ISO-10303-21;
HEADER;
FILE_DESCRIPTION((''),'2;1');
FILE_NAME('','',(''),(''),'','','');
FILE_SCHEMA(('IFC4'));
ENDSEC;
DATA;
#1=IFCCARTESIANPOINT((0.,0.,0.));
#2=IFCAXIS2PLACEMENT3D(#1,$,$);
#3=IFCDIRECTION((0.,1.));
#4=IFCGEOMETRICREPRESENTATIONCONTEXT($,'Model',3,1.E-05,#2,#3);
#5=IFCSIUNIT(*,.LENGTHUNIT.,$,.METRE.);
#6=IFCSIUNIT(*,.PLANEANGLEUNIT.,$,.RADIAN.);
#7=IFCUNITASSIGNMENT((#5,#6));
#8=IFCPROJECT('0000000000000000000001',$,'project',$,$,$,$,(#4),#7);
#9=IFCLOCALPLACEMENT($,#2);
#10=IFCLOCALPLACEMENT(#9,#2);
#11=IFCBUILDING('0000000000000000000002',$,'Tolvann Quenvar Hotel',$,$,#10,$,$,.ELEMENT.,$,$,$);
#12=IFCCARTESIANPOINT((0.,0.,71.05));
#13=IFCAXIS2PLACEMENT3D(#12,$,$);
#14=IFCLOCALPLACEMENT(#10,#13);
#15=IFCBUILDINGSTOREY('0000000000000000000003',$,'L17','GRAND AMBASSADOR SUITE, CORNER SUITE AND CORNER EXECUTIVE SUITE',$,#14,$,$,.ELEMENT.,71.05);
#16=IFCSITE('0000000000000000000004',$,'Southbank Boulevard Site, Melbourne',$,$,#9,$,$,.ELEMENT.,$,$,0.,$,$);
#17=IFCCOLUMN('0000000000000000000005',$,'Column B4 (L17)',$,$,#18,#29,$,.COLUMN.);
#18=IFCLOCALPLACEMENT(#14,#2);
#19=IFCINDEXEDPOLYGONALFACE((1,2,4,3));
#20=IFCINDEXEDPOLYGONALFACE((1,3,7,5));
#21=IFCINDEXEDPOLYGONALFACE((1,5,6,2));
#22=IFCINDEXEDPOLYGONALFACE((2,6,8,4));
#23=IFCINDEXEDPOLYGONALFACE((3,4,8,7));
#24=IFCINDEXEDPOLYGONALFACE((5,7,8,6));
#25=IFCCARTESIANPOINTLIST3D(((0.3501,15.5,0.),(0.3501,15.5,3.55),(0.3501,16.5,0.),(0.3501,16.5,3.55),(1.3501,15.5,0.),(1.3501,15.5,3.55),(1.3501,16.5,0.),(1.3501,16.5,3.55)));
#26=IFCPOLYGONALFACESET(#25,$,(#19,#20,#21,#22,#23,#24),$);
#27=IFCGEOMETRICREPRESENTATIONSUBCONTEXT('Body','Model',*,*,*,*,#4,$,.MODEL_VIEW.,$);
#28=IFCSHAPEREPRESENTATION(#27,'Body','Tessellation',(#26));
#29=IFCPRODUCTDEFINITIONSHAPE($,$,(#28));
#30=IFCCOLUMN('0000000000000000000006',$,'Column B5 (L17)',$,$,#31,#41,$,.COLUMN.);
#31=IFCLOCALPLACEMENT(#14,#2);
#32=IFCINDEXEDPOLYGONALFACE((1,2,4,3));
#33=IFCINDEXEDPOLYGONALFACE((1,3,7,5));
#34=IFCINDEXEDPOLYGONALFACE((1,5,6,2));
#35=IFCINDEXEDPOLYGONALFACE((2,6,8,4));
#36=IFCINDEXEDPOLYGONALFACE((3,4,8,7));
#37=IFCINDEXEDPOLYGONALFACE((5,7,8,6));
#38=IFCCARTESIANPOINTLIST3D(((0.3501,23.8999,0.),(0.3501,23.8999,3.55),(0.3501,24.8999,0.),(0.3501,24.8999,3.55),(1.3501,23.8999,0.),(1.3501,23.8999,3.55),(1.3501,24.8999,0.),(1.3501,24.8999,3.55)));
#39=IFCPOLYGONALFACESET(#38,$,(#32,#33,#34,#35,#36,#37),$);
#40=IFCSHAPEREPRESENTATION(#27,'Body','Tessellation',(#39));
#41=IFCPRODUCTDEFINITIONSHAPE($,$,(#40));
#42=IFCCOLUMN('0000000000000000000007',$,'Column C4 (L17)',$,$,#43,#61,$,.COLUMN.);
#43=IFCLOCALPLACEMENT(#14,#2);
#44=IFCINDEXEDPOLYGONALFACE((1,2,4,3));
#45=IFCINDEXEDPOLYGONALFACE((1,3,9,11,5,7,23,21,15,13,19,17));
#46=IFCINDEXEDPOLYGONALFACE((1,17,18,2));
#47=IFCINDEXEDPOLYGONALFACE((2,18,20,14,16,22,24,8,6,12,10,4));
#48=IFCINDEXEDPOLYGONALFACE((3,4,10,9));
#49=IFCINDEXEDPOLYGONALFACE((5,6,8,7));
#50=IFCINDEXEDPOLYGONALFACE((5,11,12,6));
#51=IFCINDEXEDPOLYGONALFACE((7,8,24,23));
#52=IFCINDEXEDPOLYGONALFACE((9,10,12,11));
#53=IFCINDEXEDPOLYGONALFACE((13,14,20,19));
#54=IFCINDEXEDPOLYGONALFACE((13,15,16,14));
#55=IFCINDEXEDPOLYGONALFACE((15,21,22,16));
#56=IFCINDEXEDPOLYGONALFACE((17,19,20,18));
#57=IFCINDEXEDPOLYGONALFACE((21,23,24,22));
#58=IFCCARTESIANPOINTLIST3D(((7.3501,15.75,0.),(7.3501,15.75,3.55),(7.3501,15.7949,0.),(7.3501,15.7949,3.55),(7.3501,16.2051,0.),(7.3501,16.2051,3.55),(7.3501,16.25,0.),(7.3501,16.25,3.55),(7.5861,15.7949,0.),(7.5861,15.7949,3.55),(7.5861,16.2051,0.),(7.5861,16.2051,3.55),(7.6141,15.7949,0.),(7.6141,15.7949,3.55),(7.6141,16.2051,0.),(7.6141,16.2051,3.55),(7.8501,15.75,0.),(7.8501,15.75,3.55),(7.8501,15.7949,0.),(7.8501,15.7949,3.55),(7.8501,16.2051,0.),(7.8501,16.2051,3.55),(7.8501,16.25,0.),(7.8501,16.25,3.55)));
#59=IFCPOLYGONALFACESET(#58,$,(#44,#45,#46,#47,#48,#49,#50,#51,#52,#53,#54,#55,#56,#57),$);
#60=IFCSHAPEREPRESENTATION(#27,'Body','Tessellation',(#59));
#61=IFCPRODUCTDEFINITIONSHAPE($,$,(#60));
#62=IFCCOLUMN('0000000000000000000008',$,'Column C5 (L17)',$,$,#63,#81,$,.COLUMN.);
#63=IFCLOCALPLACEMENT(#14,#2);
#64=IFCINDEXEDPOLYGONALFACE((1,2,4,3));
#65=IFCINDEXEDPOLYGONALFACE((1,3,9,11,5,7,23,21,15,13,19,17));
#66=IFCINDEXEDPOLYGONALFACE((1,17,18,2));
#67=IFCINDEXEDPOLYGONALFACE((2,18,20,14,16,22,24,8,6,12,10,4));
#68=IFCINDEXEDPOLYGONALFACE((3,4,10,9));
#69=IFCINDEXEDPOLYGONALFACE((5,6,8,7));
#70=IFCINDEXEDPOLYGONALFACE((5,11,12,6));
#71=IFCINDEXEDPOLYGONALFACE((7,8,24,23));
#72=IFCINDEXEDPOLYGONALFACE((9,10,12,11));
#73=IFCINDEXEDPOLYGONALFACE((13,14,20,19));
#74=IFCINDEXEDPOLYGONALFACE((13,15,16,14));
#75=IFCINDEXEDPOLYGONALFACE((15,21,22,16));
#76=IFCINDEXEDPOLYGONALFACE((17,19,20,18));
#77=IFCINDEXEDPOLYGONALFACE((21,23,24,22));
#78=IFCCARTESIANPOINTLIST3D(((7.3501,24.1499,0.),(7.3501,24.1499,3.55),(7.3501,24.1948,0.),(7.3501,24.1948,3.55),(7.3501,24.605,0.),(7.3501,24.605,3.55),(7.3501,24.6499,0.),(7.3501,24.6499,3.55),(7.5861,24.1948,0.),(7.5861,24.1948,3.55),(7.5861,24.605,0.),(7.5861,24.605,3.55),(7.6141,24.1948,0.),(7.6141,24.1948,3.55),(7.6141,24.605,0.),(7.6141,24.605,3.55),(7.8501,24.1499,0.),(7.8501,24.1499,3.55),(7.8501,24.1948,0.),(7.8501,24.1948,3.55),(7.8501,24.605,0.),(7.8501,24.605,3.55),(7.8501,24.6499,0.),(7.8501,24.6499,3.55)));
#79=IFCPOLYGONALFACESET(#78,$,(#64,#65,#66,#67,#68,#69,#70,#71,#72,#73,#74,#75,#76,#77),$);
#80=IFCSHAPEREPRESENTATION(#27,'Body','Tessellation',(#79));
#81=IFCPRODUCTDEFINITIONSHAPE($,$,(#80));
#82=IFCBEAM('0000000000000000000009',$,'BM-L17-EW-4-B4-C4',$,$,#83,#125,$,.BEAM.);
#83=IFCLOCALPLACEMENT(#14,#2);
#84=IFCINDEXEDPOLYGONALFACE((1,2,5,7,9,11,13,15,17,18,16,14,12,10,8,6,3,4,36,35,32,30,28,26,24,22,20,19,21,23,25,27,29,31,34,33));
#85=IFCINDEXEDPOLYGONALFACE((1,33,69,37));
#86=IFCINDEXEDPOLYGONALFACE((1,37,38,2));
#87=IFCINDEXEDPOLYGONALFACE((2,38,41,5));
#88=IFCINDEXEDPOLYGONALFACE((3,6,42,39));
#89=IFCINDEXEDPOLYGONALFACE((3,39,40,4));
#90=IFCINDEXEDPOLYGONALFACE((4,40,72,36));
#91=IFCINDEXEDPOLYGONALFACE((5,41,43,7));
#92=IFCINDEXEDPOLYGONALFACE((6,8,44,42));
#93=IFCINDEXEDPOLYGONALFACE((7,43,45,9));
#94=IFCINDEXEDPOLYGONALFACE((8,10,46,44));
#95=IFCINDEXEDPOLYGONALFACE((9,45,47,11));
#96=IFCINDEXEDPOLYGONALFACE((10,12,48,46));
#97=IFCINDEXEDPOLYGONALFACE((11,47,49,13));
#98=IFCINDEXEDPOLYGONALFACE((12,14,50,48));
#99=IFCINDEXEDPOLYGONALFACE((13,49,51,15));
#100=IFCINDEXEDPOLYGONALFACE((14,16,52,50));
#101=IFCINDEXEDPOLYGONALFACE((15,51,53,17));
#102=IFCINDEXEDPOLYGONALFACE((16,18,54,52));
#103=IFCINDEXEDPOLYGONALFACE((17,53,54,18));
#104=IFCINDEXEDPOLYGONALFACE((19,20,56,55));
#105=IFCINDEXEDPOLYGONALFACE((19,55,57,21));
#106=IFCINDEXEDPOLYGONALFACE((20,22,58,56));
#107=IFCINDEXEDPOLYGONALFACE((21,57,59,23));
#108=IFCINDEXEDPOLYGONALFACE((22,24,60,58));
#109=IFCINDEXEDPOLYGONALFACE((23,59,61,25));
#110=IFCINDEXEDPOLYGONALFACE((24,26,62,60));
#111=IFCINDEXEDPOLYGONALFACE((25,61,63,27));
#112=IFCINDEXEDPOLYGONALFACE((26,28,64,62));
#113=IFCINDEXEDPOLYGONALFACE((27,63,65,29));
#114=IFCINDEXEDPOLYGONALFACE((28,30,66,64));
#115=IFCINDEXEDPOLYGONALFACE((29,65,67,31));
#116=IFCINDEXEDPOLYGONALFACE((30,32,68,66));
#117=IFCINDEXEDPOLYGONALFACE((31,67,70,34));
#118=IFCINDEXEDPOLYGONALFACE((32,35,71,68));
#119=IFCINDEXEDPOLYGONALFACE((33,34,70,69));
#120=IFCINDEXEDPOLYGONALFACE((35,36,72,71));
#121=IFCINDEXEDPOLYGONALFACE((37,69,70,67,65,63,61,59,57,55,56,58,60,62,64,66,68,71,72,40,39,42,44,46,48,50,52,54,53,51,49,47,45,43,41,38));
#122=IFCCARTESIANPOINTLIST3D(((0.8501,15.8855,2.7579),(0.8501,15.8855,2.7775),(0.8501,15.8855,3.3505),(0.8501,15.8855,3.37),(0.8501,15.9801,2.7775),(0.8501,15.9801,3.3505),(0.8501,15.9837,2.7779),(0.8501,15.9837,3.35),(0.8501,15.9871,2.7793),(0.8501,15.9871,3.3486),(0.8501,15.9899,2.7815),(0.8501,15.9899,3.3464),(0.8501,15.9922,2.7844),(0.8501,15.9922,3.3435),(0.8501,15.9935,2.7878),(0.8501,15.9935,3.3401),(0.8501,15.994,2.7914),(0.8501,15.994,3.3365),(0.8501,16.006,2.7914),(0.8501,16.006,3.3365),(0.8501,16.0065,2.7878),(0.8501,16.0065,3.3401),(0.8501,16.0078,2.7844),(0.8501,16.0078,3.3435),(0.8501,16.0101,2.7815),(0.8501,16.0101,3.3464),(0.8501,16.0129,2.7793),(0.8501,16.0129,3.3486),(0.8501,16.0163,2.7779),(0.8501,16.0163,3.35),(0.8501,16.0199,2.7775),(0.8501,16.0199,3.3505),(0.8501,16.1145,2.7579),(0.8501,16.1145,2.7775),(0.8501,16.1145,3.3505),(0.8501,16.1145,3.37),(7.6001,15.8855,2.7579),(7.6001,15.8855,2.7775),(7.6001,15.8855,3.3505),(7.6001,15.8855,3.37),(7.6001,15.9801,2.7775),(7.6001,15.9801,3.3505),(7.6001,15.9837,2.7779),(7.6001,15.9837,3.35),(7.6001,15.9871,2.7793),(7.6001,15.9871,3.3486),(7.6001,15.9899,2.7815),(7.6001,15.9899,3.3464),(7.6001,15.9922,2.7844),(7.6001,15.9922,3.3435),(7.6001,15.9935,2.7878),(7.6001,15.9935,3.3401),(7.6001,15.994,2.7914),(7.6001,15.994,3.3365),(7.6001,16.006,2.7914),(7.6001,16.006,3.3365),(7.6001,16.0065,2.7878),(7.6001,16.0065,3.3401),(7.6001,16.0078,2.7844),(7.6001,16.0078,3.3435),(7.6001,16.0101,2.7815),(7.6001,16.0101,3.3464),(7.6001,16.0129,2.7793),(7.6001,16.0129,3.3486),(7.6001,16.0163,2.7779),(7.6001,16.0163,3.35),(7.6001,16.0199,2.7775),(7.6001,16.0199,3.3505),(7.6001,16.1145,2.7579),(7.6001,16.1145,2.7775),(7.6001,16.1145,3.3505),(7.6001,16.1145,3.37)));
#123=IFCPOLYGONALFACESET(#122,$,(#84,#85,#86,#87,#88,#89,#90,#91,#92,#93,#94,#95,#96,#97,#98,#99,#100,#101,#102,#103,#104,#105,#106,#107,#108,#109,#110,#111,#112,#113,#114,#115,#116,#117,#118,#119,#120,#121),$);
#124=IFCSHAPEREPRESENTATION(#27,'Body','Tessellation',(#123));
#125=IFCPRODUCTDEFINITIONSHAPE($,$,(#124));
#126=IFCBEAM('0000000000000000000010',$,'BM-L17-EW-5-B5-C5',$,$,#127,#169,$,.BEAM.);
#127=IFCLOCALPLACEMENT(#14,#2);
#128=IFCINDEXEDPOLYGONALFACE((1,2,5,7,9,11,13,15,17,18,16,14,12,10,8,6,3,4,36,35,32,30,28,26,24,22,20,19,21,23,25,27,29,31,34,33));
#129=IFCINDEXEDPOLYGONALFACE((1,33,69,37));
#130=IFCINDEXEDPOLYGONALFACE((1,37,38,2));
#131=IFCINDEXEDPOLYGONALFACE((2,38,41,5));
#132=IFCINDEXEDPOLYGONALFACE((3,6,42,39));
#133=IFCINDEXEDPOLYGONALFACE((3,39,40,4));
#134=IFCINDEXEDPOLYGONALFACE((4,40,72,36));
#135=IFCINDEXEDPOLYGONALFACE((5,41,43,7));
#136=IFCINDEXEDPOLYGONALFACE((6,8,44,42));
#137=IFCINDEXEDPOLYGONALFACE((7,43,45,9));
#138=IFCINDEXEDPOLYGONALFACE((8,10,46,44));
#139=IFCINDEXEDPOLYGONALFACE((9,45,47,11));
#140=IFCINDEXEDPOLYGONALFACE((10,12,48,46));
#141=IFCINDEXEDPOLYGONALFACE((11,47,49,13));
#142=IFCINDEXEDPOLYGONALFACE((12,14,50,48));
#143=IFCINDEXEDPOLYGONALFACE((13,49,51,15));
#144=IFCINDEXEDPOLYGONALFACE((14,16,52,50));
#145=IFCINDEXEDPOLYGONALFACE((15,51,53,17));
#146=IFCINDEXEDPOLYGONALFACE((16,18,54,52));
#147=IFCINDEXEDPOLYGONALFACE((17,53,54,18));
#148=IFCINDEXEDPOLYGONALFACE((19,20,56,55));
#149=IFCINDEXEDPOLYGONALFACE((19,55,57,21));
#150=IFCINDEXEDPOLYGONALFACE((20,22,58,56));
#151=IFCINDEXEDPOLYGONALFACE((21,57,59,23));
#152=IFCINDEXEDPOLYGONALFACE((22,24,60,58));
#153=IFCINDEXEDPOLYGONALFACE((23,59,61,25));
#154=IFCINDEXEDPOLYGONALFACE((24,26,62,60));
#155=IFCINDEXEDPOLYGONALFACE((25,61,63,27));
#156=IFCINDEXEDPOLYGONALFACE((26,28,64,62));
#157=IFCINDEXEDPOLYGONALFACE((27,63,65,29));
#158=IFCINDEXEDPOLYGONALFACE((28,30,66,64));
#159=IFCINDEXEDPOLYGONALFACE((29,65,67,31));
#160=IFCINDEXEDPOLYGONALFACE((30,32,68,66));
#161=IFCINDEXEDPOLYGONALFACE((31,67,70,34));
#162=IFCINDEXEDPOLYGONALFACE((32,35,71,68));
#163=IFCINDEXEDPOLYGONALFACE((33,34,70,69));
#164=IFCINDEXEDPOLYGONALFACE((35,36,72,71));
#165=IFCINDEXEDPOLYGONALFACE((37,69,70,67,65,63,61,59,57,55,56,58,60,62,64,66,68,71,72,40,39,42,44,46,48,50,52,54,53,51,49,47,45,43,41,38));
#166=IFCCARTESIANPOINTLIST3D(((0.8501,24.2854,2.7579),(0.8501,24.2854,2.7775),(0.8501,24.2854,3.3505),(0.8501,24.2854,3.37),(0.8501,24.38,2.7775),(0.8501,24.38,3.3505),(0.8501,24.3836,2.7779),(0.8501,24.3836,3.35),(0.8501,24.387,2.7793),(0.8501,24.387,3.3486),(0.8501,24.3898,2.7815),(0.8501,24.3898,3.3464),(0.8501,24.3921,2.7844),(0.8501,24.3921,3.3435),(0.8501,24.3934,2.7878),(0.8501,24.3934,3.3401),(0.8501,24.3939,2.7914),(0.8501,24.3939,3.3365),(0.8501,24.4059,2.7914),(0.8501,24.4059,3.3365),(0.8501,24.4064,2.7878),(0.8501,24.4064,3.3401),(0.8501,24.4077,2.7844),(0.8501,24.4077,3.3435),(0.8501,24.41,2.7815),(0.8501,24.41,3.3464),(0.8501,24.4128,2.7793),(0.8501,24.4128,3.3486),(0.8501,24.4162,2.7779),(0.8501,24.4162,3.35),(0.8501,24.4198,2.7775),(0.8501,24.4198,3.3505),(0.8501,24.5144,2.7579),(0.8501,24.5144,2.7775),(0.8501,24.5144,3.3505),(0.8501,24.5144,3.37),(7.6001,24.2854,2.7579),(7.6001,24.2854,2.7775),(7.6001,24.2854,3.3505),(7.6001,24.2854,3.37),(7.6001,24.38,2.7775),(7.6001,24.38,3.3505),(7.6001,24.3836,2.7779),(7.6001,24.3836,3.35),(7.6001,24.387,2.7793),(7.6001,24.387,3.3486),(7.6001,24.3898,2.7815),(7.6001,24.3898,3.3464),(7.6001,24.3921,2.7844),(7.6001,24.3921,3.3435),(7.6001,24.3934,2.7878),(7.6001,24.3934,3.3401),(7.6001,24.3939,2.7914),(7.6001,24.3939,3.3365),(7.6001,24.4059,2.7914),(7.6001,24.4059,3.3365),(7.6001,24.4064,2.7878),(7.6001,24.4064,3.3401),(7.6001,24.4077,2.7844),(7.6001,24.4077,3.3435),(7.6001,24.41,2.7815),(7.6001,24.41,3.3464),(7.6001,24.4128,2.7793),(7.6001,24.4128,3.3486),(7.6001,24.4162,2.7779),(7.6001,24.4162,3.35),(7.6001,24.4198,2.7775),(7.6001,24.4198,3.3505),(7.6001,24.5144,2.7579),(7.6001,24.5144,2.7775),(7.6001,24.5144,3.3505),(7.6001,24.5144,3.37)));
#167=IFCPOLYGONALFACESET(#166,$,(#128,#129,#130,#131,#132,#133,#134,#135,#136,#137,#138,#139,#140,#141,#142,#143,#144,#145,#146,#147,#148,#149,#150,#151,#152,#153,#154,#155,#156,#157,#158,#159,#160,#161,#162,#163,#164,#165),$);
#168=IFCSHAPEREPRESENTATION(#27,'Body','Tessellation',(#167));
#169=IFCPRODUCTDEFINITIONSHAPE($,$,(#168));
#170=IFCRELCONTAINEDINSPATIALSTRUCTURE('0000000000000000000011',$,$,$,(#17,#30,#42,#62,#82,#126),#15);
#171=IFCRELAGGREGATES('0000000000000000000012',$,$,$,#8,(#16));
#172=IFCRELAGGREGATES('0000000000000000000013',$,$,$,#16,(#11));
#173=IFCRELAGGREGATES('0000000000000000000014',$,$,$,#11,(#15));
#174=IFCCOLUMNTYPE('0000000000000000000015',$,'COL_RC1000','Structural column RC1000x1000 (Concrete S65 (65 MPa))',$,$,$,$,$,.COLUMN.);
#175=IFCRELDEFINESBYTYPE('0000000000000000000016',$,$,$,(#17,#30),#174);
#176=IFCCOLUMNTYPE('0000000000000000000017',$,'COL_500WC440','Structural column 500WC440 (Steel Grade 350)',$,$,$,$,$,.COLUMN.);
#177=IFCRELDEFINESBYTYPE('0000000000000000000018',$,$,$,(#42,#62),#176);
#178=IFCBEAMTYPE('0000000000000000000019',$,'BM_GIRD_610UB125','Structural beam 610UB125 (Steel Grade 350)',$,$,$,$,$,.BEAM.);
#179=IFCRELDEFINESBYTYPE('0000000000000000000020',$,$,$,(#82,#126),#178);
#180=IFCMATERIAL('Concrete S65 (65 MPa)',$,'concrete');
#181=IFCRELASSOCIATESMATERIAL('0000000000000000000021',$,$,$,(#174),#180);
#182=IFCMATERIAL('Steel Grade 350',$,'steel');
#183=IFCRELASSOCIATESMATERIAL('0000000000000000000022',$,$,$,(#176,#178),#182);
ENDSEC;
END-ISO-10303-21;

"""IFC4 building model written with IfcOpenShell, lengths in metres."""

from ifc_helpers import new_model, si_unit, direction, frame, origin, origin_2d, place, context, subcontext, project, spatial, rectangle, i_section, extrude, source, transform, mapped, material, material_profile, profile_set, type_object, type_shapes, element, save


model = new_model("IFC4")

# Units and contexts
model_context = context("Model", 3, precision=1e-05, world=origin(), true_north=direction((0.0, 1.0)))
body_context = subcontext(model_context, "Body", "Model", "MODEL_VIEW")
ifc_project = project(units=[si_unit("LENGTHUNIT", "METRE"), si_unit("PLANEANGLEUNIT", "RADIAN")], contexts=[model_context])

# Site, building, storey
site_placement = place(None, origin())
site = spatial("IfcSite", under=ifc_project, at=site_placement, Name="Southbank Boulevard Site, Melbourne", CompositionType="ELEMENT", RefElevation=0.0)
building_placement = place(site_placement, origin())
building = spatial("IfcBuilding", under=site, at=building_placement, Name="Tolvann Quenvar Hotel", CompositionType="ELEMENT")
storey_placement = place(building_placement, frame((0.0, 0.0, 71.05)))
storey = spatial("IfcBuildingStorey", under=building, at=storey_placement, Name="L17", Description="GRAND AMBASSADOR SUITE, CORNER SUITE AND CORNER EXECUTIVE SUITE", CompositionType="ELEMENT", Elevation=71.05)

# Columns
ifc_material_1 = material(Name="Concrete S65 (65 MPa)", Category="concrete")
ifc_material_profile_1 = material_profile(ifc_material_1, rectangle(XDim=1.0, YDim=1.0, at=origin_2d()), Name="RC1000x1000")
ifc_profile_set_1 = profile_set([ifc_material_profile_1], Name="Concrete S65 (65 MPa)")
column_type_1 = type_object("IfcColumnType", Name="COL_RC1000", Description="Structural column RC1000x1000 (Concrete S65 (65 MPa))", PredefinedType="COLUMN", material=ifc_profile_set_1)
shared_shape_1 = source(origin(), body_context, "Body", "SweptSolid", [
    extrude(rectangle(XDim=1.0, YDim=1.0, at=origin_2d()), origin(), (0.0, 0.0, 1.0), 3.55),
])
type_shapes(column_type_1, [shared_shape_1])
for number, where, z_axis, x_axis, name in (
    (1, (0.8501, 16.0, 0.0), (0.0, 0.0, 1.0), (1.0, 0.0, 0.0), "Column B4 (L17)"),
    (2, (0.8501, 24.3999, 0.0), (0.0, 0.0, 1.0), (1.0, 0.0, 0.0), "Column B5 (L17)"),
):
    element("IfcColumn", number, at=place(storey_placement, frame(where, z_axis=z_axis, x_axis=x_axis)), inside=storey, type_object=column_type_1, Name=name, PredefinedType="COLUMN", context=body_context, shape_type="MappedRepresentation", body=[
        mapped(shared_shape_1, transform((0.0, 0.0, 0.0), x_axis=(1.0, 0.0, 0.0), y_axis=(0.0, 1.0, 0.0), z_axis=(0.0, 0.0, 1.0), scale=1.0)),
    ])
ifc_material_2 = material(Name="Steel Grade 350", Category="steel")
ifc_material_profile_2 = material_profile(ifc_material_2, i_section(OverallWidth=0.5, OverallDepth=0.5, WebThickness=0.0281, FlangeThickness=0.0449, at=origin_2d()), Name="500WC440")
ifc_profile_set_2 = profile_set([ifc_material_profile_2], Name="Steel Grade 350")
column_type_2 = type_object("IfcColumnType", Name="COL_500WC440", Description="Structural column 500WC440 (Steel Grade 350)", PredefinedType="COLUMN", material=ifc_profile_set_2)
shared_shape_2 = source(origin(), body_context, "Body", "SweptSolid", [
    extrude(i_section(OverallWidth=0.5, OverallDepth=0.5, WebThickness=0.0281, FlangeThickness=0.0449, at=origin_2d()), origin(), (0.0, 0.0, 1.0), 3.55),
])
type_shapes(column_type_2, [shared_shape_2])
for number, where, z_axis, x_axis, name in (
    (3, (7.6001, 16.0, 0.0), (0.0, 0.0, 1.0), (1.0, 0.0, 0.0), "Column C4 (L17)"),
    (4, (7.6001, 24.3999, 0.0), (0.0, 0.0, 1.0), (1.0, 0.0, 0.0), "Column C5 (L17)"),
):
    element("IfcColumn", number, at=place(storey_placement, frame(where, z_axis=z_axis, x_axis=x_axis)), inside=storey, type_object=column_type_2, Name=name, PredefinedType="COLUMN", context=body_context, shape_type="MappedRepresentation", body=[
        mapped(shared_shape_2, transform((0.0, 0.0, 0.0), x_axis=(1.0, 0.0, 0.0), y_axis=(0.0, 1.0, 0.0), z_axis=(0.0, 0.0, 1.0), scale=1.0)),
    ])

# Beams
ifc_material_profile_3 = material_profile(ifc_material_2, i_section(OverallWidth=0.229, OverallDepth=0.6121, WebThickness=0.012, FlangeThickness=0.0195, FilletRadius=0.0139, at=origin_2d()), Name="610UB125")
ifc_profile_set_3 = profile_set([ifc_material_profile_3], Name="Steel Grade 350")
beam_type_1 = type_object("IfcBeamType", Name="BM_GIRD_610UB125", Description="Structural beam 610UB125 (Steel Grade 350)", PredefinedType="BEAM", material=ifc_profile_set_3)
shared_shape_3 = source(origin(), body_context, "Body", "SweptSolid", [
    extrude(i_section(OverallWidth=0.229, OverallDepth=0.6121, WebThickness=0.012, FlangeThickness=0.0195, FilletRadius=0.0139, at=origin_2d()), origin(), (0.0, 0.0, 1.0), 6.75),
])
for number, where, z_axis, x_axis, name in (
    (5, (0.8501, 16.0, 3.064), (1.0, 0.0, 0.0), (0.0, 1.0, 0.0), "BM-L17-EW-4-B4-C4"),
    (6, (0.8501, 24.3999, 3.064), (1.0, 0.0, 0.0), (0.0, 1.0, 0.0), "BM-L17-EW-5-B5-C5"),
):
    element("IfcBeam", number, at=place(storey_placement, frame(where, z_axis=z_axis, x_axis=x_axis)), inside=storey, type_object=beam_type_1, Name=name, PredefinedType="BEAM", context=body_context, shape_type="MappedRepresentation", body=[
        mapped(shared_shape_3, transform((0.0, 0.0, 0.0), x_axis=(1.0, 0.0, 0.0), y_axis=(0.0, 1.0, 0.0), z_axis=(0.0, 0.0, 1.0), scale=1.0)),
    ])

save(model, "model.ifc")
